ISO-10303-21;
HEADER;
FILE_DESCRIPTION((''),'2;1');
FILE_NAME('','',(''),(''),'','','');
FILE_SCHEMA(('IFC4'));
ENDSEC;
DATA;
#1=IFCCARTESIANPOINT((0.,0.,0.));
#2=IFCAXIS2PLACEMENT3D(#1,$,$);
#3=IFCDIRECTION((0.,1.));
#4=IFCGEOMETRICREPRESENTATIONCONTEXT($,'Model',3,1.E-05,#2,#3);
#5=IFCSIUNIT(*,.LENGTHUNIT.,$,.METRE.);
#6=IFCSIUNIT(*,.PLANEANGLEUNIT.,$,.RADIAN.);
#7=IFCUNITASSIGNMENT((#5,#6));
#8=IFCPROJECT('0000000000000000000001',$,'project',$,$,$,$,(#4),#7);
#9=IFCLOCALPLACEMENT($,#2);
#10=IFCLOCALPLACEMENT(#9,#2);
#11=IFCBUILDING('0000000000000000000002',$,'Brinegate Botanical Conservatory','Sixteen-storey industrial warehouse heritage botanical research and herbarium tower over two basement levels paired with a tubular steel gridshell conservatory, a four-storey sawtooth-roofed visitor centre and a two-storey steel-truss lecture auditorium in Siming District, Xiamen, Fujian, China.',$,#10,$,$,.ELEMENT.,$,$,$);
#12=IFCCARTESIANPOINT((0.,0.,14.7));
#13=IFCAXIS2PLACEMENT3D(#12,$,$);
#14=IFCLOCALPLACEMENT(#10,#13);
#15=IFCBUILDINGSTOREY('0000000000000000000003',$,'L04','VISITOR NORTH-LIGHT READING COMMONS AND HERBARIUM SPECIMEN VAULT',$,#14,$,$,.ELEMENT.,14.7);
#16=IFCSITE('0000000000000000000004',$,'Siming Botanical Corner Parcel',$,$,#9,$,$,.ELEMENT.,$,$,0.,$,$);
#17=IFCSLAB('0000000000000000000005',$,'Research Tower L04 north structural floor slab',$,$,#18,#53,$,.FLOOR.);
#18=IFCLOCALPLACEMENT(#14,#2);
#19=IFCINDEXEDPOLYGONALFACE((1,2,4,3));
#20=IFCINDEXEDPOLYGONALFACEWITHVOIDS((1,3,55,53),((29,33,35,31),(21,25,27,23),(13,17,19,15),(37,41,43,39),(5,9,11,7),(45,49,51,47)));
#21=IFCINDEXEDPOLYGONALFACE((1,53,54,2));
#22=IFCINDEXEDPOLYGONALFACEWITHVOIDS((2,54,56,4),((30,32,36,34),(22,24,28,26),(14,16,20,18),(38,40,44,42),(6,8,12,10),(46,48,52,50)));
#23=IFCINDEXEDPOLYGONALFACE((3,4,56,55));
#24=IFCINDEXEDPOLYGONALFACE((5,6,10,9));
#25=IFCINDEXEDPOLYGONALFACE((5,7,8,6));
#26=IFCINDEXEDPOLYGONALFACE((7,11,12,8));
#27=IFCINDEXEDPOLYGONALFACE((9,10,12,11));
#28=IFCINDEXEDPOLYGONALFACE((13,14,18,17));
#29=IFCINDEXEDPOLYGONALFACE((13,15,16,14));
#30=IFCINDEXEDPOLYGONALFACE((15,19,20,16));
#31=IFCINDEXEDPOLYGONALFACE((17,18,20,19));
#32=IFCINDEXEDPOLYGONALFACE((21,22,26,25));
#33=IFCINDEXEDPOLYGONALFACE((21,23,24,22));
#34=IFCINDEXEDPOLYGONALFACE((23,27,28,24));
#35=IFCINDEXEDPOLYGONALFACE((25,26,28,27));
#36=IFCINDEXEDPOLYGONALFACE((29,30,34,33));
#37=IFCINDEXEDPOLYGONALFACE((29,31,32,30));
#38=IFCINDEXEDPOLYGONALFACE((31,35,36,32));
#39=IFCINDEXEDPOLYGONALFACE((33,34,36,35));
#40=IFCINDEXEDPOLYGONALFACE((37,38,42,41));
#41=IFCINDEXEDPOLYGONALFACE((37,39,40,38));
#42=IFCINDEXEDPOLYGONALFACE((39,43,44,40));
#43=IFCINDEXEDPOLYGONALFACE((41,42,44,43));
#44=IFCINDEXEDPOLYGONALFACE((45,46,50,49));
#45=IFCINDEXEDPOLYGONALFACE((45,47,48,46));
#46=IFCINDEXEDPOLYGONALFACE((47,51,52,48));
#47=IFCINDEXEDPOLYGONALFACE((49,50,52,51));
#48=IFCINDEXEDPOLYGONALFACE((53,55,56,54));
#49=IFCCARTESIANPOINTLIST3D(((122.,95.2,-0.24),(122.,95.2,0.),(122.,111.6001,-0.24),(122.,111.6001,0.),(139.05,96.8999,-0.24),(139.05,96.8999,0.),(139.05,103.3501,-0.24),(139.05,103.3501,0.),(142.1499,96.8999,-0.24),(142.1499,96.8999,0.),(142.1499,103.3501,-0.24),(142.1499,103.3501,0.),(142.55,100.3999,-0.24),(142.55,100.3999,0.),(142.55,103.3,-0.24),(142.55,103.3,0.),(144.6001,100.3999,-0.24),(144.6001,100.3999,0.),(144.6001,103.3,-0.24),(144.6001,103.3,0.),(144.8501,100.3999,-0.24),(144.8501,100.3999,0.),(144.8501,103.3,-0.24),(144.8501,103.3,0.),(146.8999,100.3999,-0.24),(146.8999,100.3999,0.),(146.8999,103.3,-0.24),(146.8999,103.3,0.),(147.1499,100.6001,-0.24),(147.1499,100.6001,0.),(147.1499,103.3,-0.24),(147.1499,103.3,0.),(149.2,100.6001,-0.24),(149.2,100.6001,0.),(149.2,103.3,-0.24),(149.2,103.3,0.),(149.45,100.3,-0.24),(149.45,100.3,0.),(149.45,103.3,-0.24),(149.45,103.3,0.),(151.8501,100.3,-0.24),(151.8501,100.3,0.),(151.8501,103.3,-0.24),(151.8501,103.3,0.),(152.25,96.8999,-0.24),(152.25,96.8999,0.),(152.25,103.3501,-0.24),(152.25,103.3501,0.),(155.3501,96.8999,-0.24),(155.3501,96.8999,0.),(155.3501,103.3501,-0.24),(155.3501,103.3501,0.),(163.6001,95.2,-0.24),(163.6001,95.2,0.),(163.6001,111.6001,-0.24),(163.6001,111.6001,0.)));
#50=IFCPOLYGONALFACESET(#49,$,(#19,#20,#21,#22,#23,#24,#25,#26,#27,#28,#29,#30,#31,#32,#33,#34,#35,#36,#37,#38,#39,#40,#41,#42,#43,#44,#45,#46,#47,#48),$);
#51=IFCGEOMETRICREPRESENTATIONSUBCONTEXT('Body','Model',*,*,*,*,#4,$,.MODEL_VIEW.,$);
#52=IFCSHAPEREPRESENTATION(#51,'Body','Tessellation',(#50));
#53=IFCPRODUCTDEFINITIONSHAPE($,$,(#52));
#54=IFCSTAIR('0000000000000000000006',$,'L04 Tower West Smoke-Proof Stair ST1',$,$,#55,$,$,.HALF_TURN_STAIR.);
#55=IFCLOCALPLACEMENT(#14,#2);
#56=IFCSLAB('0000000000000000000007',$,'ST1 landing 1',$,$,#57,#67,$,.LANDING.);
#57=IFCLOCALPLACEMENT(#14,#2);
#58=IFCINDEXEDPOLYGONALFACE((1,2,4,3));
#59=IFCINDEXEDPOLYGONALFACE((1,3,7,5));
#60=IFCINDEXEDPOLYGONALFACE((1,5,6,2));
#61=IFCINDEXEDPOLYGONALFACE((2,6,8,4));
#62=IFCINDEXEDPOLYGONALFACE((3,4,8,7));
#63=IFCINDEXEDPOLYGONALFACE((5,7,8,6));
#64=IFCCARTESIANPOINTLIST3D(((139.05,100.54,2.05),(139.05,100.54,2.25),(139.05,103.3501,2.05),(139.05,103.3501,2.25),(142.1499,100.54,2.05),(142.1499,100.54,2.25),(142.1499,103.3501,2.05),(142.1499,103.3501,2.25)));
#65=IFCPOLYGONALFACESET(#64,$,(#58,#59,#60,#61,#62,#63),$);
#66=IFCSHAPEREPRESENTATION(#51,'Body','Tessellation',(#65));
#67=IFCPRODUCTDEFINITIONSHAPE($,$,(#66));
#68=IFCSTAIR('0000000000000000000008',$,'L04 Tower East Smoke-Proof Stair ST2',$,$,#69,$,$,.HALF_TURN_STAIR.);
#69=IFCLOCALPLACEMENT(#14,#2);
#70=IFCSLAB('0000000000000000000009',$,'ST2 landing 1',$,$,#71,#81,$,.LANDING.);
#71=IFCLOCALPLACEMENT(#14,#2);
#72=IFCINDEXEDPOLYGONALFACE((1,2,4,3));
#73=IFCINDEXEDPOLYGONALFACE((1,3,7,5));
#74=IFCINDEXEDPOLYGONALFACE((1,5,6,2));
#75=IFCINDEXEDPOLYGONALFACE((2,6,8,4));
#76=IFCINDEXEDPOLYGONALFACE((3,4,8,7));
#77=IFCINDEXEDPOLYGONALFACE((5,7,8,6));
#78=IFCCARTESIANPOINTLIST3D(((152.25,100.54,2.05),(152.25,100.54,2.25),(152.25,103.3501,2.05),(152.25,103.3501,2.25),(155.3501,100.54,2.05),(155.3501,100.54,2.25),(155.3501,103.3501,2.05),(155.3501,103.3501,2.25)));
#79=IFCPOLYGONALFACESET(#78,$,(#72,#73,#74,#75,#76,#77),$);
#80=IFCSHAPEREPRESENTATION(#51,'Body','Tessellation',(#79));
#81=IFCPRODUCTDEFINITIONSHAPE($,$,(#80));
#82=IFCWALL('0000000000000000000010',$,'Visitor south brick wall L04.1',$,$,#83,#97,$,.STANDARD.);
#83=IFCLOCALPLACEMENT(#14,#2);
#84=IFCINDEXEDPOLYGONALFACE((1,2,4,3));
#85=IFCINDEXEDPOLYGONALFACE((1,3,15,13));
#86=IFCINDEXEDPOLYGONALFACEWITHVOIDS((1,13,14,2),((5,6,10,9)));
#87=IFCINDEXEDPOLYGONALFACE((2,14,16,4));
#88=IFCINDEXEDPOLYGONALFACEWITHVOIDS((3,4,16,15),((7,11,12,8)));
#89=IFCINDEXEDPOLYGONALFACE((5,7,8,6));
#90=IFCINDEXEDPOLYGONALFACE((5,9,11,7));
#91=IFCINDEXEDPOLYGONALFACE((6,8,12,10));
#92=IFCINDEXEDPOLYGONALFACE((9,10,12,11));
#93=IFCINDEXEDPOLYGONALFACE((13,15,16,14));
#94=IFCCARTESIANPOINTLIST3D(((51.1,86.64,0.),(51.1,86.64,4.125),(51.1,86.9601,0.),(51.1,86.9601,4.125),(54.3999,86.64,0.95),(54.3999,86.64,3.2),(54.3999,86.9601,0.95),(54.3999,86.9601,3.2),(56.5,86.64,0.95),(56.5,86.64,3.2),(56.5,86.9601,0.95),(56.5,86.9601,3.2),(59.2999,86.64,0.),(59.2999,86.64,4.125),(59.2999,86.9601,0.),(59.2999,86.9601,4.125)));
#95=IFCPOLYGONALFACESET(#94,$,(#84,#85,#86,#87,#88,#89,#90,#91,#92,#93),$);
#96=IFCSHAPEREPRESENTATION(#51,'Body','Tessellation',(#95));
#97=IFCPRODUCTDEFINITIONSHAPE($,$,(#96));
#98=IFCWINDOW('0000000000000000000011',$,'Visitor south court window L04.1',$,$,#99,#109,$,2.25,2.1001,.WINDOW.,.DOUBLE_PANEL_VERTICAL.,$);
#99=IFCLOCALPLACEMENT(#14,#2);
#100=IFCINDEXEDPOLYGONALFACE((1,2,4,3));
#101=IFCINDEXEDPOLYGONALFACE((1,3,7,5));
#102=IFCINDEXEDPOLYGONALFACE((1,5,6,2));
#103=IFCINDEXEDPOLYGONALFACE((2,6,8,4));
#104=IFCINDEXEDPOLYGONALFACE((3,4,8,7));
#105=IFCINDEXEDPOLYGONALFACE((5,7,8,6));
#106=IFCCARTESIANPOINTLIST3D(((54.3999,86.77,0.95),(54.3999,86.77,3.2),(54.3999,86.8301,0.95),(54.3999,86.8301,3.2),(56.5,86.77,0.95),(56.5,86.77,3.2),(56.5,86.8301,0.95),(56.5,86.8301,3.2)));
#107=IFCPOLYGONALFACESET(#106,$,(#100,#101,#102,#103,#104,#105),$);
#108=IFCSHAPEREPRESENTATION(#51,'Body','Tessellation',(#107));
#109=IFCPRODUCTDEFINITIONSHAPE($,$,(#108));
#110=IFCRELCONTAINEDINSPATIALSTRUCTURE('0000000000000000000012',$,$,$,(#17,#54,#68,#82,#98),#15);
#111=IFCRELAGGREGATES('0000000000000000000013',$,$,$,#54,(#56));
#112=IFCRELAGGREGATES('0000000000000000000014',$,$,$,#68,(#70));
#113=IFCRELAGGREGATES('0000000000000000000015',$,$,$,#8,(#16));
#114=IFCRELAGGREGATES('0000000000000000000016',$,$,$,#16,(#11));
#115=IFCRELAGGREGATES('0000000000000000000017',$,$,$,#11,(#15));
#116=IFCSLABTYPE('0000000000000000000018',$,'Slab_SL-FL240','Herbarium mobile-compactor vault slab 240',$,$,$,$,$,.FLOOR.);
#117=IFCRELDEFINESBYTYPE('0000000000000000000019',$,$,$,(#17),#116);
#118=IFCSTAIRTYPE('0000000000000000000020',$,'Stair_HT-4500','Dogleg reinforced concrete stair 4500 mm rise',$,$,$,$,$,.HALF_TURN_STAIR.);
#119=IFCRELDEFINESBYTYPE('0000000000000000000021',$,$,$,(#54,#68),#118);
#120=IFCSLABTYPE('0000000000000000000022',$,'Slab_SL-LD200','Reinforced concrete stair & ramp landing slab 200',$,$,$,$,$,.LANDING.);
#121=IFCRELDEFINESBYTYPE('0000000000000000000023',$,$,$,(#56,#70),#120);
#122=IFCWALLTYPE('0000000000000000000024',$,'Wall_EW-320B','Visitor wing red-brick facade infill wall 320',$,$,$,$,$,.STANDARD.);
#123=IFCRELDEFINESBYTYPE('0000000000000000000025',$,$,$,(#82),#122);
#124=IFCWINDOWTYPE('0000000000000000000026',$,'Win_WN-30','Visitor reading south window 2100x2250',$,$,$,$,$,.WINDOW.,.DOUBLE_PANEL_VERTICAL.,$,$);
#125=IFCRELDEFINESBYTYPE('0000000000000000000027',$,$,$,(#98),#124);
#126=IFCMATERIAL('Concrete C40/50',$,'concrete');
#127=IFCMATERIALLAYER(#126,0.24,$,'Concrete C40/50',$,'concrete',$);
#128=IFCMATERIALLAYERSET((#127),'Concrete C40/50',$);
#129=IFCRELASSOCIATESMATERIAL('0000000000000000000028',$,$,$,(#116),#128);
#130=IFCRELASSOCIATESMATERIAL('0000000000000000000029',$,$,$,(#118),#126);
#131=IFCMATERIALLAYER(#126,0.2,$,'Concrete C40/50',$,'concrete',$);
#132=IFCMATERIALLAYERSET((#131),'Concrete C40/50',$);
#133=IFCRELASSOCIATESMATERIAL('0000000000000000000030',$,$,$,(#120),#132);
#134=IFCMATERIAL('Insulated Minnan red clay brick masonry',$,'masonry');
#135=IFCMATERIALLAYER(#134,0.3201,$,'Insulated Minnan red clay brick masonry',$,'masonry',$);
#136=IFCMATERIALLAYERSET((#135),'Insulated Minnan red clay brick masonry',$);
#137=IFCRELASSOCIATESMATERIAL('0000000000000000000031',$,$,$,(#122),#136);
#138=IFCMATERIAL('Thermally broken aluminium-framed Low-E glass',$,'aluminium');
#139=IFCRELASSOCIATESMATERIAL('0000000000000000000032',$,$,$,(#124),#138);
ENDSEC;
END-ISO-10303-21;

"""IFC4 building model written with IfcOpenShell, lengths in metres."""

from ifc_helpers import new_model, si_unit, direction, frame, frame_2d, origin, place, context, subcontext, project, spatial, polyline, rectangle, outline, extrude, material, layer, layer_set, type_object, element, fill, aggregate, save


model = new_model("IFC4")

# Units and contexts
model_context = context("Model", 3, precision=1e-05, world=origin(), true_north=direction((0.0, 1.0)))
body_context = subcontext(model_context, "Body", "Model", "MODEL_VIEW")
ifc_project = project(units=[si_unit("LENGTHUNIT", "METRE"), si_unit("PLANEANGLEUNIT", "RADIAN")], contexts=[model_context])

# Site, building, storey
site_placement = place(None, origin())
site = spatial("IfcSite", under=ifc_project, at=site_placement, Name="Siming Botanical Corner Parcel", CompositionType="ELEMENT", RefElevation=0.0)
building_placement = place(site_placement, origin())
building = spatial("IfcBuilding", under=site, at=building_placement, Name="Brinegate Botanical Conservatory", Description="Sixteen-storey industrial warehouse heritage botanical research and herbarium tower over two basement levels paired with a tubular steel gridshell conservatory, a four-storey sawtooth-roofed visitor centre and a two-storey steel-truss lecture auditorium in Siming District, Xiamen, Fujian, China.", CompositionType="ELEMENT")
storey_placement = place(building_placement, frame((0.0, 0.0, 14.7)))
storey = spatial("IfcBuildingStorey", under=building, at=storey_placement, Name="L04", Description="VISITOR NORTH-LIGHT READING COMMONS AND HERBARIUM SPECIMEN VAULT", CompositionType="ELEMENT", Elevation=14.7)

# Shared definitions
ifc_material_1 = material(Name="Concrete C40/50", Category="concrete")

# Slab
ifc_layer_1 = layer(ifc_material_1, 0.24, Name="Concrete C40/50", Category="concrete")
ifc_layer_set_1 = layer_set([ifc_layer_1], Name="Concrete C40/50")
slab_type_1 = type_object("IfcSlabType", Name="Slab_SL-FL240", Description="Herbarium mobile-compactor vault slab 240", PredefinedType="FLOOR", material=ifc_layer_set_1)
slab_1_placement = place(storey_placement, frame((0.0, 0.0, -0.24)))
element("IfcSlab", 1, at=slab_1_placement, inside=storey, type_object=slab_type_1, Name="Research Tower L04 north structural floor slab", PredefinedType="FLOOR", context=body_context, shape_type="SweptSolid", body=[
    extrude(outline(polyline([(122.0, 111.6001), (163.6001, 111.6001), (163.6001, 95.2), (122.0, 95.2), (122.0, 111.6001)]), holes=[polyline([(142.1499, 96.8999), (142.1499, 103.3501), (139.05, 103.3501), (139.05, 96.8999), (142.1499, 96.8999)]), polyline([(155.3501, 96.8999), (155.3501, 103.3501), (152.25, 103.3501), (152.25, 96.8999), (155.3501, 96.8999)]), polyline([(142.55, 100.3999), (144.6001, 100.3999), (144.6001, 103.3), (142.55, 103.3), (142.55, 100.3999)]), polyline([(144.8501, 100.3999), (146.8999, 100.3999), (146.8999, 103.3), (144.8501, 103.3), (144.8501, 100.3999)]), polyline([(147.1499, 100.6001), (149.2, 100.6001), (149.2, 103.3), (147.1499, 103.3), (147.1499, 100.6001)]), polyline([(149.45, 100.3), (151.8501, 100.3), (151.8501, 103.3), (149.45, 103.3), (149.45, 100.3)])]), origin(), (0.0, 0.0, 1.0), 0.24),
])

# Stairs, slabs
stair_type = type_object("IfcStairType", Name="Stair_HT-4500", Description="Dogleg reinforced concrete stair 4500 mm rise", PredefinedType="HALF_TURN_STAIR", material=ifc_material_1)
stair_1_placement = place(storey_placement, origin())
stair_1 = element("IfcStair", 2, at=stair_1_placement, inside=storey, type_object=stair_type, Name="L04 Tower West Smoke-Proof Stair ST1", PredefinedType="HALF_TURN_STAIR")
ifc_layer_2 = layer(ifc_material_1, 0.2, Name="Concrete C40/50", Category="concrete")
ifc_layer_set_2 = layer_set([ifc_layer_2], Name="Concrete C40/50")
slab_type_2 = type_object("IfcSlabType", Name="Slab_SL-LD200", Description="Reinforced concrete stair & ramp landing slab 200", PredefinedType="LANDING", material=ifc_layer_set_2)
slab_2_placement = place(storey_placement, frame((0.0, 0.0, 2.05)))
slab_2 = element("IfcSlab", 3, at=slab_2_placement, type_object=slab_type_2, Name="ST1 landing 1", PredefinedType="LANDING", context=body_context, shape_type="SweptSolid", body=[
    extrude(outline(polyline([(142.1499, 100.54), (142.1499, 103.3501), (139.05, 103.3501), (139.05, 100.54), (142.1499, 100.54)])), origin(), (0.0, 0.0, 1.0), 0.2),
])
aggregate(stair_1, [slab_2])
stair_2_placement = place(storey_placement, origin())
stair_2 = element("IfcStair", 4, at=stair_2_placement, inside=storey, type_object=stair_type, Name="L04 Tower East Smoke-Proof Stair ST2", PredefinedType="HALF_TURN_STAIR")
slab_3_placement = place(storey_placement, frame((0.0, 0.0, 2.05)))
slab_3 = element("IfcSlab", 5, at=slab_3_placement, type_object=slab_type_2, Name="ST2 landing 1", PredefinedType="LANDING", context=body_context, shape_type="SweptSolid", body=[
    extrude(outline(polyline([(155.3501, 100.54), (155.3501, 103.3501), (152.25, 103.3501), (152.25, 100.54), (155.3501, 100.54)])), origin(), (0.0, 0.0, 1.0), 0.2),
])
aggregate(stair_2, [slab_3])

# Wall, opening, window
ifc_material_2 = material(Name="Insulated Minnan red clay brick masonry", Category="masonry")
ifc_layer_3 = layer(ifc_material_2, 0.3201, Name="Insulated Minnan red clay brick masonry", Category="masonry")
ifc_layer_set_3 = layer_set([ifc_layer_3], Name="Insulated Minnan red clay brick masonry")
wall_type = type_object("IfcWallType", Name="Wall_EW-320B", Description="Visitor wing red-brick facade infill wall 320", PredefinedType="STANDARD", material=ifc_layer_set_3)
wall_placement = place(storey_placement, frame((59.3, 86.8, 0.0), z_axis=(0.0, 0.0, 1.0), x_axis=(-1.0, 0.0, 0.0)))
wall = element("IfcWall", 6, at=wall_placement, inside=storey, type_object=wall_type, Name="Visitor south brick wall L04.1", PredefinedType="STANDARD", context=body_context, shape_type="SweptSolid", body=[
    extrude(rectangle(XDim=8.2, YDim=0.3201, at=frame_2d((4.1001, 0.0))), origin(), (0.0, 0.0, 1.0), 4.125),
])
opening_placement = place(wall_placement, frame((2.8, 0.0, 0.95)))
opening = element("IfcOpeningElement", 7, at=opening_placement, cuts=wall, PredefinedType="OPENING", context=body_context, shape_type="SweptSolid", body=[
    extrude(rectangle(XDim=2.1001, YDim=2.25, at=frame_2d((1.05, 1.125))), frame((0.0, 0.1699, 0.0), z_axis=(0.0, -1.0, 0.0), x_axis=(1.0, 0.0, 0.0)), (0.0, 0.0, 1.0), 0.3401),
])
ifc_material_3 = material(Name="Thermally broken aluminium-framed Low-E glass", Category="aluminium")
window_type = type_object("IfcWindowType", Name="Win_WN-30", Description="Visitor reading south window 2100x2250", PartitioningType="DOUBLE_PANEL_VERTICAL", PredefinedType="WINDOW", material=ifc_material_3)
window_placement = place(opening_placement, origin())
window = element("IfcWindow", 8, at=window_placement, inside=storey, type_object=window_type, Name="Visitor south court window L04.1", OverallHeight=2.25, OverallWidth=2.1001, PartitioningType="DOUBLE_PANEL_VERTICAL", PredefinedType="WINDOW", context=body_context, shape_type="SweptSolid", body=[
    extrude(rectangle(XDim=2.1001, YDim=2.25, at=frame_2d((1.05, 1.125))), frame((0.0, 0.03, 0.0), z_axis=(0.0, -1.0, 0.0), x_axis=(1.0, 0.0, 0.0)), (0.0, 0.0, 1.0), 0.0601),
])
fill(opening, window)

save(model, "model.ifc")
